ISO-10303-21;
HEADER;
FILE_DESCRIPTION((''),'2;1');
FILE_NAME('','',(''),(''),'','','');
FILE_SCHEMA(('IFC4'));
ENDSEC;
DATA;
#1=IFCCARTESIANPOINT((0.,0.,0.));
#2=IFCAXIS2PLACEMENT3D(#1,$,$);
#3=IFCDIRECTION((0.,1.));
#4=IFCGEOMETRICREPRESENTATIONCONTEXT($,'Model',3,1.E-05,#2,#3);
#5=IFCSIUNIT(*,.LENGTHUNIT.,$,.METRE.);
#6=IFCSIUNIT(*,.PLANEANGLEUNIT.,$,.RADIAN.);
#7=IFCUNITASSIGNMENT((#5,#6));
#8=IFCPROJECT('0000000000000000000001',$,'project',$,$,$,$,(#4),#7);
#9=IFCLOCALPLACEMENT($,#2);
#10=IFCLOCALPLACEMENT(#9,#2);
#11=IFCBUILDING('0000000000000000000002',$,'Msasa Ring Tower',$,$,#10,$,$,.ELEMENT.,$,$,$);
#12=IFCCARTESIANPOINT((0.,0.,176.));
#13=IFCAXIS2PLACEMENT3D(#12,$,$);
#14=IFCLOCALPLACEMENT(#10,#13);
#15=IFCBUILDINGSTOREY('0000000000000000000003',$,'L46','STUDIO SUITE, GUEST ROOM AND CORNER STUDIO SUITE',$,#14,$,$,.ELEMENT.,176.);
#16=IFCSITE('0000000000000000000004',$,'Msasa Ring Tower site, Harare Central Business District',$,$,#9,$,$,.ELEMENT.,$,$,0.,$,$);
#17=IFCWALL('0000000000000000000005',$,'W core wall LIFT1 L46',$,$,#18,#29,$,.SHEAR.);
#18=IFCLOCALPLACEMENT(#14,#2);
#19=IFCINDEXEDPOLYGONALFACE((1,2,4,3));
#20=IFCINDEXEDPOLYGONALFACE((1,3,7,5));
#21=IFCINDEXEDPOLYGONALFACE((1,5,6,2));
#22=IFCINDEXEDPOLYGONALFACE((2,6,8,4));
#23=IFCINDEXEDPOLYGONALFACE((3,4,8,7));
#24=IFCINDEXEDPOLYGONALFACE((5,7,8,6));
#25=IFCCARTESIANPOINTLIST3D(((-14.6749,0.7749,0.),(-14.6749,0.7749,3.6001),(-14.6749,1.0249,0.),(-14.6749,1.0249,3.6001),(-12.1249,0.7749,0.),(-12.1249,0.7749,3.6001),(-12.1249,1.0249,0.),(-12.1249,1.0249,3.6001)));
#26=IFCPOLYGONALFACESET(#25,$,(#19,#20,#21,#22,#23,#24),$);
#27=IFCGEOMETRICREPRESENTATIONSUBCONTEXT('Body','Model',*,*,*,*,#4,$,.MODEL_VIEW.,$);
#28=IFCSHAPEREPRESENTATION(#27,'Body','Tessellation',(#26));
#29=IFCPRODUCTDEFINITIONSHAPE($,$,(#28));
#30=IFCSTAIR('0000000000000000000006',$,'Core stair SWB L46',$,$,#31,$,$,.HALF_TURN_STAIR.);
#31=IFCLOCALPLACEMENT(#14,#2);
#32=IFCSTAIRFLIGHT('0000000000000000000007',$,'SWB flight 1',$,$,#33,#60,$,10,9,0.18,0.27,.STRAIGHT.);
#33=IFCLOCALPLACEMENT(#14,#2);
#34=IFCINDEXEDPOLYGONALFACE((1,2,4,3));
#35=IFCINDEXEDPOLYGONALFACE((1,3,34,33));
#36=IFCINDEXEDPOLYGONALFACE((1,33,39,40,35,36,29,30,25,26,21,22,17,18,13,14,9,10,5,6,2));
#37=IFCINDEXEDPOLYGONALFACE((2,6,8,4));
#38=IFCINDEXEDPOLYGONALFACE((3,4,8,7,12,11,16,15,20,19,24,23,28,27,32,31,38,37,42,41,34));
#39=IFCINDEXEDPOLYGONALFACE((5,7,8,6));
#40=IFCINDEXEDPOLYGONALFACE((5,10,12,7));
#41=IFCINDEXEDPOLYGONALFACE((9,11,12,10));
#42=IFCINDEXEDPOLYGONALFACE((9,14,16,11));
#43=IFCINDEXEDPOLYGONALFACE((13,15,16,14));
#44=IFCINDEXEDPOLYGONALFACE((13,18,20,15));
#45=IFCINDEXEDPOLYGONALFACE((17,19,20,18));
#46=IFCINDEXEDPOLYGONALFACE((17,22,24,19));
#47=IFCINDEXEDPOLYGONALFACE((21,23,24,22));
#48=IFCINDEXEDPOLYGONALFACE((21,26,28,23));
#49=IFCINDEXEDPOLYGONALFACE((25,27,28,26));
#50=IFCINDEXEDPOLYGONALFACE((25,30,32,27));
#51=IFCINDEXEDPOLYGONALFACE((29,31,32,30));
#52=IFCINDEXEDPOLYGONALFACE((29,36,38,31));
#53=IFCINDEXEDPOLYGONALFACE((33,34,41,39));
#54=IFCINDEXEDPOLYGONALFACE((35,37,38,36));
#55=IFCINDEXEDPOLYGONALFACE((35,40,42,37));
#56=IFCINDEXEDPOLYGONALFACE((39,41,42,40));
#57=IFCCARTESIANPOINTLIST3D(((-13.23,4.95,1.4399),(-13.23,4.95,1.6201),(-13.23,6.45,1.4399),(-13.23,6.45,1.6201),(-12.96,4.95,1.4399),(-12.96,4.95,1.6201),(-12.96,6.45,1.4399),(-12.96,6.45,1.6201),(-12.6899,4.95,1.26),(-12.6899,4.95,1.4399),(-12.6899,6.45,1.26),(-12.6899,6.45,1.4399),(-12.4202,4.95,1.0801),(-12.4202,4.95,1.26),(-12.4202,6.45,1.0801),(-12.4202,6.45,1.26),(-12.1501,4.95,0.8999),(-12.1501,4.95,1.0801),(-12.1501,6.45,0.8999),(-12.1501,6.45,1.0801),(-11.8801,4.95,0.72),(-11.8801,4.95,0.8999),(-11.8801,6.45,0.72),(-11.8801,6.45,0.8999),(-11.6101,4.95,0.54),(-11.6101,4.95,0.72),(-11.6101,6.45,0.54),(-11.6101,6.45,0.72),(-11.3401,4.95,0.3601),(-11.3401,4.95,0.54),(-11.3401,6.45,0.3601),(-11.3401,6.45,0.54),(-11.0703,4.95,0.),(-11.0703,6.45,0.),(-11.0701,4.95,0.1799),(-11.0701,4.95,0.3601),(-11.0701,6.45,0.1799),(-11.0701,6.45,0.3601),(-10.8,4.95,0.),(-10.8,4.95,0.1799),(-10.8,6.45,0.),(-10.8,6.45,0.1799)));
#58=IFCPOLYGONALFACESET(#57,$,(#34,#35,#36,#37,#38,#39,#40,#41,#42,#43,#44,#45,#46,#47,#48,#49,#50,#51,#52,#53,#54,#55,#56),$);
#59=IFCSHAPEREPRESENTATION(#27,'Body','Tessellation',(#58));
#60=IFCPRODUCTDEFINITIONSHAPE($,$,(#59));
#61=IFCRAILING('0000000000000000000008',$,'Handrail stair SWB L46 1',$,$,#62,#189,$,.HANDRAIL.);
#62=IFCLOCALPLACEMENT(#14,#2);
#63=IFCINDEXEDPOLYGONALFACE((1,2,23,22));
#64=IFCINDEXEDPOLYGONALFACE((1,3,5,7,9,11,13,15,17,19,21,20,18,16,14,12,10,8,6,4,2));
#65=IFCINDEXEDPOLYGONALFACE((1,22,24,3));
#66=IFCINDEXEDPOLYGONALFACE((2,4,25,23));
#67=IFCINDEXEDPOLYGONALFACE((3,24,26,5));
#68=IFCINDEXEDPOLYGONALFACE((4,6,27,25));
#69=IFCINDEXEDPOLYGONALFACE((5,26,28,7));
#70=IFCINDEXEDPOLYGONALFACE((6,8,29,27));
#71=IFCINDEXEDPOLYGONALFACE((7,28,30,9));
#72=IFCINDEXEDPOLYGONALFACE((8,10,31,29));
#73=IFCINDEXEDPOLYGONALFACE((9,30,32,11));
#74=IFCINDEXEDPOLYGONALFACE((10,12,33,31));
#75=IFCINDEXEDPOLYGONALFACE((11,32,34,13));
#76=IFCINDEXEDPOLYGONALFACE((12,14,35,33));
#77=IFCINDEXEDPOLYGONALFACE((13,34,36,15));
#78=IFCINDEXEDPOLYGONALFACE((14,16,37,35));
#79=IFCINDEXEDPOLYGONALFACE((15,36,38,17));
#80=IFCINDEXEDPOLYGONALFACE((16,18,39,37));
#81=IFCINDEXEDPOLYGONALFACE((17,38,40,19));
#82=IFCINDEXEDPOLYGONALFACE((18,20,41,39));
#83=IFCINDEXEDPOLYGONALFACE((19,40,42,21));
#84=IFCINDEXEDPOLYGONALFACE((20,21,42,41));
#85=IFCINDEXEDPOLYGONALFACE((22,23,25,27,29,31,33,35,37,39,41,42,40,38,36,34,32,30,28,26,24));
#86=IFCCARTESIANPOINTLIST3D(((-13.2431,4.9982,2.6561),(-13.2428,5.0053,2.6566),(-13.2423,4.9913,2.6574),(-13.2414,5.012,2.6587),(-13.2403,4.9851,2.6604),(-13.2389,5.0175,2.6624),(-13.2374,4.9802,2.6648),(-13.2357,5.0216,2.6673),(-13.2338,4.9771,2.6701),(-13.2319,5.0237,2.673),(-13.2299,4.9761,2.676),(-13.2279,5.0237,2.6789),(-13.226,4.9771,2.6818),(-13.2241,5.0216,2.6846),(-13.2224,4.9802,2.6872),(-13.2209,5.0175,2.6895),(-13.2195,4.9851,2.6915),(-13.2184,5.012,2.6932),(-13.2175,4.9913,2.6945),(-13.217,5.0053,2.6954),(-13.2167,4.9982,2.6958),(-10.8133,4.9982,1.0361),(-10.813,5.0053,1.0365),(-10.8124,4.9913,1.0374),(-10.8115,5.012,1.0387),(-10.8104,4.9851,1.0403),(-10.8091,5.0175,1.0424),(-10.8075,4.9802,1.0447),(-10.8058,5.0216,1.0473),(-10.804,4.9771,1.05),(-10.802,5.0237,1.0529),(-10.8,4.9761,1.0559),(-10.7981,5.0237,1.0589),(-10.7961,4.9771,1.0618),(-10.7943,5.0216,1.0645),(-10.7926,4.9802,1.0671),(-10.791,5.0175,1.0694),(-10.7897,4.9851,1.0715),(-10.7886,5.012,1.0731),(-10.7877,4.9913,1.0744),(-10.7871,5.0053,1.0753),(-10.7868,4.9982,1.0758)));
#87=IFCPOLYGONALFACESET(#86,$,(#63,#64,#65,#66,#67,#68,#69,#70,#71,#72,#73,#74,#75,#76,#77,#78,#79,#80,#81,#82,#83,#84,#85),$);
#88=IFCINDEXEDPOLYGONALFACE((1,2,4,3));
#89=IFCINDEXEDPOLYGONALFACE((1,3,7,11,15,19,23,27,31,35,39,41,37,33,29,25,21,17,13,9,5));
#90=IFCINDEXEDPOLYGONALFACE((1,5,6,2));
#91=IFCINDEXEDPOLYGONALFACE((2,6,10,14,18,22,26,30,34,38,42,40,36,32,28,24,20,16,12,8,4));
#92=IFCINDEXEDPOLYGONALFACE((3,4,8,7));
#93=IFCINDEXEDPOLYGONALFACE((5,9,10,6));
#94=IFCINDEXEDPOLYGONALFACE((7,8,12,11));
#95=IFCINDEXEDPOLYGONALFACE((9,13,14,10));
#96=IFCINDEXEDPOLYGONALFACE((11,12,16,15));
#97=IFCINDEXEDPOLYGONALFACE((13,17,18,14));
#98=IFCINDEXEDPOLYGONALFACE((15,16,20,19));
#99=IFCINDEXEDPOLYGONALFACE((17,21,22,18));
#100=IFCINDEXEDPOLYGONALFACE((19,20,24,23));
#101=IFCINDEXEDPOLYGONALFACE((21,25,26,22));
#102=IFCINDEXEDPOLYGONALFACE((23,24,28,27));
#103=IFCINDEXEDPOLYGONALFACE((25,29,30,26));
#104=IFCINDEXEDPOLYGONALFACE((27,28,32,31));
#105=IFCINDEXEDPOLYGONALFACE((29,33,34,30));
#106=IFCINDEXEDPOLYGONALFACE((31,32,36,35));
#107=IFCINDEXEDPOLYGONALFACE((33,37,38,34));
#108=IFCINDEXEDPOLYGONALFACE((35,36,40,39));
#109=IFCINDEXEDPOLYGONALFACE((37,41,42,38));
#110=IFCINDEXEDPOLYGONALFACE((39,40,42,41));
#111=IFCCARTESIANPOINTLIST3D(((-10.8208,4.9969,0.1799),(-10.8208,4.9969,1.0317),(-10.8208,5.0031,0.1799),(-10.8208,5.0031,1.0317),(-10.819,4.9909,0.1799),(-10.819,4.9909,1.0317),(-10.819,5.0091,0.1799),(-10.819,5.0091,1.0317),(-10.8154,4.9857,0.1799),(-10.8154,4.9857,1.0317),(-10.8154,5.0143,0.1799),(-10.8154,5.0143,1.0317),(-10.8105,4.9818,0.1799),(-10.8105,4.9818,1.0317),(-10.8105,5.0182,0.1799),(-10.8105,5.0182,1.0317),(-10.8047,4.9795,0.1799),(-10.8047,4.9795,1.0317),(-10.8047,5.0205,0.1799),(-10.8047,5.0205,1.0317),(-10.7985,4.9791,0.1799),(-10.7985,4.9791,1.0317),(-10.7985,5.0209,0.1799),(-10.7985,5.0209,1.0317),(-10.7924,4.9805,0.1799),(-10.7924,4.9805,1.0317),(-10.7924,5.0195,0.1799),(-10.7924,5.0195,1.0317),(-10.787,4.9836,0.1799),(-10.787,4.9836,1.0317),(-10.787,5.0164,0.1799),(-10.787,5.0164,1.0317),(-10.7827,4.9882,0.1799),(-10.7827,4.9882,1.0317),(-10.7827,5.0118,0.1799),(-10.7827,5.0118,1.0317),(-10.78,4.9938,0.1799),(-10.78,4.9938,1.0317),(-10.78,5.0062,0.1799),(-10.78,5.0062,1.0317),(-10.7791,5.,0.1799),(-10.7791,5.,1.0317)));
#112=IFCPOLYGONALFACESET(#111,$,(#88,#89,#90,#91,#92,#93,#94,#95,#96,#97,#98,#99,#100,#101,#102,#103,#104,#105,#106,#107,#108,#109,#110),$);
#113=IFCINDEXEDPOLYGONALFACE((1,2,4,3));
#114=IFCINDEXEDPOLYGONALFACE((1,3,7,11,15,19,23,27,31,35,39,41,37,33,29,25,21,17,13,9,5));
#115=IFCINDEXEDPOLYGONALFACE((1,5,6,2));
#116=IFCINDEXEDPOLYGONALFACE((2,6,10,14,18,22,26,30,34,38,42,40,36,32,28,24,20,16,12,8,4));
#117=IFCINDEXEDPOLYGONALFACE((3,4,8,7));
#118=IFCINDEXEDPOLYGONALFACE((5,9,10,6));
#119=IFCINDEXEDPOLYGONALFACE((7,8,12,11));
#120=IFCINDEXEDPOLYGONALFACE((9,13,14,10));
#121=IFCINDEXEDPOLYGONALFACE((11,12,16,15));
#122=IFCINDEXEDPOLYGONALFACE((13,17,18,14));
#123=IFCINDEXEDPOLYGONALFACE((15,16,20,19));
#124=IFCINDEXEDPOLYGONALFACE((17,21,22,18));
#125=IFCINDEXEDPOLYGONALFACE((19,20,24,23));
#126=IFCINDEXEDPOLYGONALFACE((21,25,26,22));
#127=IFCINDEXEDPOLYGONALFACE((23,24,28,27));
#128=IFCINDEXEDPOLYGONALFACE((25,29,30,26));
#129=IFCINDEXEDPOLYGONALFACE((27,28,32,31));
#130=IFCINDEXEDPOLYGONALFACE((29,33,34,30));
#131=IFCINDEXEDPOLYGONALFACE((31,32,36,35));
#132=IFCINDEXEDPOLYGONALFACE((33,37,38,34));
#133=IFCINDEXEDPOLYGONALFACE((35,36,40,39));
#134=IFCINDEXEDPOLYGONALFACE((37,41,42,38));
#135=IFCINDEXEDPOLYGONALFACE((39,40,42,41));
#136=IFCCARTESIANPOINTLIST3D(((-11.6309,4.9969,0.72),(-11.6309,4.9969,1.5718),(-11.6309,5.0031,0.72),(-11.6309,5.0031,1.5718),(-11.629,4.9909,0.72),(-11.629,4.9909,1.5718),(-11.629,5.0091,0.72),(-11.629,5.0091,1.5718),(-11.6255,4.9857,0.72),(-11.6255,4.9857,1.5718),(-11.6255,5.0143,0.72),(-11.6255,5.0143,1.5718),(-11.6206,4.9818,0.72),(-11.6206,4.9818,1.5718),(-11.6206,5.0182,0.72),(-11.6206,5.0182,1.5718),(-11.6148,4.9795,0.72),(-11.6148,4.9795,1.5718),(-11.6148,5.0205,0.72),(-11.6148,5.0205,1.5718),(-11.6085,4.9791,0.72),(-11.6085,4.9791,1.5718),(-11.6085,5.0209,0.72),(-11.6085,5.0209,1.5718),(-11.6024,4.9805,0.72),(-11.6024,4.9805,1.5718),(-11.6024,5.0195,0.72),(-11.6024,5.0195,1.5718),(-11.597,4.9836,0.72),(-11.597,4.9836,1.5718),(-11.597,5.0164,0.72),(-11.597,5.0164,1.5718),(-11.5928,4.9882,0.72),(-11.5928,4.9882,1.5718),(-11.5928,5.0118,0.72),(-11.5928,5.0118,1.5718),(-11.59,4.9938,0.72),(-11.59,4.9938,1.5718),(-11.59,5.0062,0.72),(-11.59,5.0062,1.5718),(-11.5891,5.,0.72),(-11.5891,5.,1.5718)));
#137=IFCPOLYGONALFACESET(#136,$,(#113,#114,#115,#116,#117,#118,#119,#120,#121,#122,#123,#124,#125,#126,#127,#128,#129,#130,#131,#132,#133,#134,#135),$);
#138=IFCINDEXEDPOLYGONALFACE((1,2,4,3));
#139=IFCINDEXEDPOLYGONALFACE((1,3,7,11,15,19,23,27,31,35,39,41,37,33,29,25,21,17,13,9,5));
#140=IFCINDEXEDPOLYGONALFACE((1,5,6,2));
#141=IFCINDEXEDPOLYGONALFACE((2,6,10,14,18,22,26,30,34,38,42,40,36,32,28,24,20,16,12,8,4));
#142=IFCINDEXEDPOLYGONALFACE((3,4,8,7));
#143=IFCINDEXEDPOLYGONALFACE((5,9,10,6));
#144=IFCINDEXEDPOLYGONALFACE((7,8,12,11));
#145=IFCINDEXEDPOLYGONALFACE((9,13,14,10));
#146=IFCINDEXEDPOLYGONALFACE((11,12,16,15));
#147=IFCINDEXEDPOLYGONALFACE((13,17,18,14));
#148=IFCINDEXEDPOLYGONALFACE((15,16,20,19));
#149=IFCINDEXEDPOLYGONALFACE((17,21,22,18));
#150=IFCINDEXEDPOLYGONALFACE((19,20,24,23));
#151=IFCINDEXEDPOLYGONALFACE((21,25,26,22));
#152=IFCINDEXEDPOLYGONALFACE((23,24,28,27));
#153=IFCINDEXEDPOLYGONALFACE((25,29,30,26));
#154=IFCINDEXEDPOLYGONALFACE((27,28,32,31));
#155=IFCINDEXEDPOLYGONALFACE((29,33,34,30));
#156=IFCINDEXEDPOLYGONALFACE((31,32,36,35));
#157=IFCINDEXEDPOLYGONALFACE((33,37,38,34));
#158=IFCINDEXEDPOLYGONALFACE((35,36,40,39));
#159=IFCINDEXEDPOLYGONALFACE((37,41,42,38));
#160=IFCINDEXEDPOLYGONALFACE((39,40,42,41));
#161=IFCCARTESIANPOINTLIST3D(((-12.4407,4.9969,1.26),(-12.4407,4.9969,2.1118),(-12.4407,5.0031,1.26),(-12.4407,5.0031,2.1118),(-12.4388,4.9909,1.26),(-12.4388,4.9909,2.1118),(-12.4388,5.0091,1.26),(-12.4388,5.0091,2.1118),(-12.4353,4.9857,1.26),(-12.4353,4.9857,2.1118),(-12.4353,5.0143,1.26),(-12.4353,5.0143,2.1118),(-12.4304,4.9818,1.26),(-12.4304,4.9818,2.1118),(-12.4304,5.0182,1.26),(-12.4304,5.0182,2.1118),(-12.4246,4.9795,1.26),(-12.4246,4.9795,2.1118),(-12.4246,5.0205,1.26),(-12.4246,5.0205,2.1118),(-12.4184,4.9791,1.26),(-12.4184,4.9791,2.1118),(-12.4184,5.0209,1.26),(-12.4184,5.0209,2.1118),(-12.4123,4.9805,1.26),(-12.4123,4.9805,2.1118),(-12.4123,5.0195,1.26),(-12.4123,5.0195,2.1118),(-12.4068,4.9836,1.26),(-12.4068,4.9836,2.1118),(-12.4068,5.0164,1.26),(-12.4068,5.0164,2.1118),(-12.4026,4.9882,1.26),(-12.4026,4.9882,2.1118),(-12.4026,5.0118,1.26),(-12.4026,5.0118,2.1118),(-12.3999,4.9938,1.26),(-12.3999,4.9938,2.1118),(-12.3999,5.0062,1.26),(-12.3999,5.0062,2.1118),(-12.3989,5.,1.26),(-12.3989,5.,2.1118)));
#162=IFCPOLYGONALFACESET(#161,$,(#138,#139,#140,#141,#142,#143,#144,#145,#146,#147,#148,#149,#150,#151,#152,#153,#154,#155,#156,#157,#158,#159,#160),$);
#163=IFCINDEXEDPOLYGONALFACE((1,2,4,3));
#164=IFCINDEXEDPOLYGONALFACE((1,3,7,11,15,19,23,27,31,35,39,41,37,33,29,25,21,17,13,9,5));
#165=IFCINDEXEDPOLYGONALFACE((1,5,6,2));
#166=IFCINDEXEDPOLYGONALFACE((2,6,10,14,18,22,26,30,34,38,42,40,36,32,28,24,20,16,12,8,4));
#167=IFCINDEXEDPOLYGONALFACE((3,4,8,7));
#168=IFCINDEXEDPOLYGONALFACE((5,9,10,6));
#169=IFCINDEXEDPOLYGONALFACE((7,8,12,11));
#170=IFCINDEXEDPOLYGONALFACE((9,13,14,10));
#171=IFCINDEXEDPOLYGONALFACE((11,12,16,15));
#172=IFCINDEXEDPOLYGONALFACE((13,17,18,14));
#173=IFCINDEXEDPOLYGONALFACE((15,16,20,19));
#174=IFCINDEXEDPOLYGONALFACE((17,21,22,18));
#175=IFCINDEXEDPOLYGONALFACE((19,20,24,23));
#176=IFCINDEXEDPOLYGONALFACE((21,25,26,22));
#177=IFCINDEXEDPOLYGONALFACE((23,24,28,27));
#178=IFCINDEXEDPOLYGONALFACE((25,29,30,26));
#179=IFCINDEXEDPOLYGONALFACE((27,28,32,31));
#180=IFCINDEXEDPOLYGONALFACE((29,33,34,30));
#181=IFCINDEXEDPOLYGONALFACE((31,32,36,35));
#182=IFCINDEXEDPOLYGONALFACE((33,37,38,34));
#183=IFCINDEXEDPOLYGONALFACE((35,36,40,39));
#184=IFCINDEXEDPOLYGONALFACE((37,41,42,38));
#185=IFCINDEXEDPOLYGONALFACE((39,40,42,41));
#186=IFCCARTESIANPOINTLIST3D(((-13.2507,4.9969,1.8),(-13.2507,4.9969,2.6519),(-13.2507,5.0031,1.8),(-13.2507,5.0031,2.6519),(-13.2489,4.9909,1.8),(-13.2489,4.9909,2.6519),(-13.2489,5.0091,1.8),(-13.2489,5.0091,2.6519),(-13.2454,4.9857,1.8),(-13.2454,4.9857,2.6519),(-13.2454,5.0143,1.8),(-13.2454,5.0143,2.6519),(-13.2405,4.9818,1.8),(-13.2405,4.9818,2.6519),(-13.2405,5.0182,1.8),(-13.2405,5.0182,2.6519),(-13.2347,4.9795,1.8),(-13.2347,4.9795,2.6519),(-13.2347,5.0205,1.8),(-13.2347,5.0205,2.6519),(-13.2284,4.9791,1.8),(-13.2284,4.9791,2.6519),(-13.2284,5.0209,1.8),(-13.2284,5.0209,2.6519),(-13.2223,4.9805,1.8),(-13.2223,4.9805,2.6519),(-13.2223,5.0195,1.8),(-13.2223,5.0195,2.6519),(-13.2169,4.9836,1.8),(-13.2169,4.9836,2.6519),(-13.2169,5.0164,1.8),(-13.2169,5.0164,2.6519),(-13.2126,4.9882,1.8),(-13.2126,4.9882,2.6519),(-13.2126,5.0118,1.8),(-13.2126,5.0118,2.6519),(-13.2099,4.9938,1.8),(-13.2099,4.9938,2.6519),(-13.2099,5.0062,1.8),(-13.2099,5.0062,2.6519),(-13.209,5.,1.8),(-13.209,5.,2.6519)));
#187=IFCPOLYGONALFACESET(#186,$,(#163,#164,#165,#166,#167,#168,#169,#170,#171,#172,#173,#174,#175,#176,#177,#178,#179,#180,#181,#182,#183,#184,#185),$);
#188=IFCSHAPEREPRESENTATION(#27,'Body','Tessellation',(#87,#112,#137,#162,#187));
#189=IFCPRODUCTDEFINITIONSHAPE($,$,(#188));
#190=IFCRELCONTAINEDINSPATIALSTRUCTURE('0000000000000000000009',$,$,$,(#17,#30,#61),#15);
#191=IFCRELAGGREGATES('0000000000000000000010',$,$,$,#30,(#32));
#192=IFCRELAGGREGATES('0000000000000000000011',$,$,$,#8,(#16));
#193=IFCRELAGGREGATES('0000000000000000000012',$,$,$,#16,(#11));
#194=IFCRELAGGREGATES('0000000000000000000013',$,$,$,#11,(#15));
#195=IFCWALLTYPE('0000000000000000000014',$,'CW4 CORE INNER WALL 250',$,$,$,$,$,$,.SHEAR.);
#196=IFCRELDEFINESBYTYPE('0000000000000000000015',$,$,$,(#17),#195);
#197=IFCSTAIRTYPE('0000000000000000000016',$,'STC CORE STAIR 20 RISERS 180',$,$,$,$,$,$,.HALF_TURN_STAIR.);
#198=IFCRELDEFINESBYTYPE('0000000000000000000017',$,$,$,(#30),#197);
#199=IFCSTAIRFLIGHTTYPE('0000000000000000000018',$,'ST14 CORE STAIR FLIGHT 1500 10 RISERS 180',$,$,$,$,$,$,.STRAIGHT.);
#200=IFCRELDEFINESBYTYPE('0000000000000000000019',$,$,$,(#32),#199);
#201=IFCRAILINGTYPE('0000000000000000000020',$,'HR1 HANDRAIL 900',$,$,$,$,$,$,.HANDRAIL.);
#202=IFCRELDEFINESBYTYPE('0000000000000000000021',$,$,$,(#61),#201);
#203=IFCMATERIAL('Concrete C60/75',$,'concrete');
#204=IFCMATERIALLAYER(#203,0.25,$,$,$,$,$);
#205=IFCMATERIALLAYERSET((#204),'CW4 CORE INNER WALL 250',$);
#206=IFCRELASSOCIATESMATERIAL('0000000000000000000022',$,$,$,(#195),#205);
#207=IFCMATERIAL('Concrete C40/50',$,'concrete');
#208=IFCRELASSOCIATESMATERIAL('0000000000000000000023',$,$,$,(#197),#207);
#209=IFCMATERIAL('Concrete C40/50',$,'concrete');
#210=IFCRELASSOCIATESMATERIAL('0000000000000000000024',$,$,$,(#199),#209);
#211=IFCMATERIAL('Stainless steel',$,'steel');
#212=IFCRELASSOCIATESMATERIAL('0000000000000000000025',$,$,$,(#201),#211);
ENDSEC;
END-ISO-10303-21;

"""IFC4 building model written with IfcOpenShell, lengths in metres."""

from ifc_helpers import new_model, si_unit, direction, frame, frame_2d, origin, origin_2d, place, context, subcontext, project, spatial, polyline, rectangle, circle, outline, extrude, material, layer, layer_set, type_object, element, aggregate, save


model = new_model("IFC4")

# Units and contexts
model_context = context("Model", 3, precision=1e-05, world=origin(), true_north=direction((0.0, 1.0)))
body_context = subcontext(model_context, "Body", "Model", "MODEL_VIEW")
ifc_project = project(units=[si_unit("LENGTHUNIT", "METRE"), si_unit("PLANEANGLEUNIT", "RADIAN")], contexts=[model_context])

# Site, building, storey
site_placement = place(None, origin())
site = spatial("IfcSite", under=ifc_project, at=site_placement, Name="Msasa Ring Tower site, Harare Central Business District", CompositionType="ELEMENT", RefElevation=0.0)
building_placement = place(site_placement, origin())
building = spatial("IfcBuilding", under=site, at=building_placement, Name="Msasa Ring Tower", CompositionType="ELEMENT")
storey_placement = place(building_placement, frame((0.0, 0.0, 176.0)))
storey = spatial("IfcBuildingStorey", under=building, at=storey_placement, Name="L46", Description="STUDIO SUITE, GUEST ROOM AND CORNER STUDIO SUITE", CompositionType="ELEMENT", Elevation=176.0)

# Wall
ifc_material_1 = material(Name="Concrete C60/75", Category="concrete")
ifc_layer_1 = layer(ifc_material_1, 0.25)
ifc_layer_set_1 = layer_set([ifc_layer_1], Name="CW4 CORE INNER WALL 250")
wall_type_1 = type_object("IfcWallType", Name="CW4 CORE INNER WALL 250", PredefinedType="SHEAR", material=ifc_layer_set_1)
wall_1_placement = place(storey_placement, frame((-12.125, 0.8999, 0.0), z_axis=(0.0, 0.0, 1.0), x_axis=(-1.0, 0.0, 0.0)))
element("IfcWall", 1, at=wall_1_placement, inside=storey, type_object=wall_type_1, Name="W core wall LIFT1 L46", PredefinedType="SHEAR", context=body_context, shape_type="SweptSolid", body=[
    extrude(rectangle(XDim=2.55, YDim=0.25, at=frame_2d((1.2749, 0.0))), origin(), (0.0, 0.0, 1.0), 3.6001),
])

# Stair, stair flight
ifc_material_2 = material(Name="Concrete C40/50", Category="concrete")
stair_type = type_object("IfcStairType", Name="STC CORE STAIR 20 RISERS 180", PredefinedType="HALF_TURN_STAIR", material=ifc_material_2)
stair_placement = place(storey_placement, origin())
stair = element("IfcStair", 2, at=stair_placement, inside=storey, type_object=stair_type, Name="Core stair SWB L46", PredefinedType="HALF_TURN_STAIR")
ifc_material_3 = material(Name="Concrete C40/50", Category="concrete")
stair_flight_type = type_object("IfcStairFlightType", Name="ST14 CORE STAIR FLIGHT 1500 10 RISERS 180", PredefinedType="STRAIGHT", material=ifc_material_3)
stair_flight_placement = place(storey_placement, frame((-10.8, 5.7, 0.0), z_axis=(0.0, 0.0, 1.0), x_axis=(-1.0, 0.0, 0.0)))
stair_flight = element("IfcStairFlight", 3, at=stair_flight_placement, type_object=stair_flight_type, Name="SWB flight 1", NumberOfRisers=10, NumberOfTreads=9, PredefinedType="STRAIGHT", RiserHeight=0.18, TreadLength=0.27, context=body_context, shape_type="SweptSolid", body=[
    extrude(outline(polyline([(0.0, 0.0), (0.0, 0.1799), (0.27, 0.1799), (0.27, 0.3601), (0.54, 0.3601), (0.54, 0.54), (0.8101, 0.54), (0.8101, 0.72), (1.0801, 0.72), (1.0801, 0.8999), (1.3501, 0.8999), (1.3501, 1.0801), (1.6201, 1.0801), (1.6201, 1.26), (1.8899, 1.26), (1.8899, 1.4399), (2.1599, 1.4399), (2.1599, 1.6201), (2.4299, 1.6201), (2.4299, 1.8), (2.4299, 1.4399), (0.2703, 0.0), (0.0, 0.0)])), frame((0.0, 0.75, 0.0), z_axis=(0.0, -1.0, 0.0), x_axis=(1.0, 0.0, 0.0)), (0.0, 0.0, 1.0), 1.5),
])
aggregate(stair, [stair_flight])

# Railing
ifc_material_4 = material(Name="Stainless steel", Category="steel")
railing_type = type_object("IfcRailingType", Name="HR1 HANDRAIL 900", PredefinedType="HANDRAIL", material=ifc_material_4)
for number, where, name in (
    (4, (-10.8, 5.0, 0.1799), "Handrail stair SWB L46 1"),
):
    element("IfcRailing", number, at=place(storey_placement, frame(where)), inside=storey, type_object=railing_type, Name=name, PredefinedType="HANDRAIL", context=body_context, shape_type="SweptSolid", body=[
        extrude(circle(Radius=0.0239, at=origin_2d()), frame((0.0, 0.0, 0.876), z_axis=(-0.832025, 0.0, 0.554739), x_axis=(0.0, -1.0, 0.0)), (0.0, 0.0, 1.0), 2.9204),
        extrude(circle(Radius=0.021, at=origin_2d()), origin(), (0.0, 0.0, 1.0), 0.8518),
        extrude(circle(Radius=0.021, at=origin_2d()), frame((-0.8101, 0.0, 0.54)), (0.0, 0.0, 1.0), 0.8518),
        extrude(circle(Radius=0.021, at=origin_2d()), frame((-1.6199, 0.0, 1.0801)), (0.0, 0.0, 1.0), 0.8518),
        extrude(circle(Radius=0.021, at=origin_2d()), frame((-2.4299, 0.0, 1.6201)), (0.0, 0.0, 1.0), 0.8518),
    ])

save(model, "model.ifc")
